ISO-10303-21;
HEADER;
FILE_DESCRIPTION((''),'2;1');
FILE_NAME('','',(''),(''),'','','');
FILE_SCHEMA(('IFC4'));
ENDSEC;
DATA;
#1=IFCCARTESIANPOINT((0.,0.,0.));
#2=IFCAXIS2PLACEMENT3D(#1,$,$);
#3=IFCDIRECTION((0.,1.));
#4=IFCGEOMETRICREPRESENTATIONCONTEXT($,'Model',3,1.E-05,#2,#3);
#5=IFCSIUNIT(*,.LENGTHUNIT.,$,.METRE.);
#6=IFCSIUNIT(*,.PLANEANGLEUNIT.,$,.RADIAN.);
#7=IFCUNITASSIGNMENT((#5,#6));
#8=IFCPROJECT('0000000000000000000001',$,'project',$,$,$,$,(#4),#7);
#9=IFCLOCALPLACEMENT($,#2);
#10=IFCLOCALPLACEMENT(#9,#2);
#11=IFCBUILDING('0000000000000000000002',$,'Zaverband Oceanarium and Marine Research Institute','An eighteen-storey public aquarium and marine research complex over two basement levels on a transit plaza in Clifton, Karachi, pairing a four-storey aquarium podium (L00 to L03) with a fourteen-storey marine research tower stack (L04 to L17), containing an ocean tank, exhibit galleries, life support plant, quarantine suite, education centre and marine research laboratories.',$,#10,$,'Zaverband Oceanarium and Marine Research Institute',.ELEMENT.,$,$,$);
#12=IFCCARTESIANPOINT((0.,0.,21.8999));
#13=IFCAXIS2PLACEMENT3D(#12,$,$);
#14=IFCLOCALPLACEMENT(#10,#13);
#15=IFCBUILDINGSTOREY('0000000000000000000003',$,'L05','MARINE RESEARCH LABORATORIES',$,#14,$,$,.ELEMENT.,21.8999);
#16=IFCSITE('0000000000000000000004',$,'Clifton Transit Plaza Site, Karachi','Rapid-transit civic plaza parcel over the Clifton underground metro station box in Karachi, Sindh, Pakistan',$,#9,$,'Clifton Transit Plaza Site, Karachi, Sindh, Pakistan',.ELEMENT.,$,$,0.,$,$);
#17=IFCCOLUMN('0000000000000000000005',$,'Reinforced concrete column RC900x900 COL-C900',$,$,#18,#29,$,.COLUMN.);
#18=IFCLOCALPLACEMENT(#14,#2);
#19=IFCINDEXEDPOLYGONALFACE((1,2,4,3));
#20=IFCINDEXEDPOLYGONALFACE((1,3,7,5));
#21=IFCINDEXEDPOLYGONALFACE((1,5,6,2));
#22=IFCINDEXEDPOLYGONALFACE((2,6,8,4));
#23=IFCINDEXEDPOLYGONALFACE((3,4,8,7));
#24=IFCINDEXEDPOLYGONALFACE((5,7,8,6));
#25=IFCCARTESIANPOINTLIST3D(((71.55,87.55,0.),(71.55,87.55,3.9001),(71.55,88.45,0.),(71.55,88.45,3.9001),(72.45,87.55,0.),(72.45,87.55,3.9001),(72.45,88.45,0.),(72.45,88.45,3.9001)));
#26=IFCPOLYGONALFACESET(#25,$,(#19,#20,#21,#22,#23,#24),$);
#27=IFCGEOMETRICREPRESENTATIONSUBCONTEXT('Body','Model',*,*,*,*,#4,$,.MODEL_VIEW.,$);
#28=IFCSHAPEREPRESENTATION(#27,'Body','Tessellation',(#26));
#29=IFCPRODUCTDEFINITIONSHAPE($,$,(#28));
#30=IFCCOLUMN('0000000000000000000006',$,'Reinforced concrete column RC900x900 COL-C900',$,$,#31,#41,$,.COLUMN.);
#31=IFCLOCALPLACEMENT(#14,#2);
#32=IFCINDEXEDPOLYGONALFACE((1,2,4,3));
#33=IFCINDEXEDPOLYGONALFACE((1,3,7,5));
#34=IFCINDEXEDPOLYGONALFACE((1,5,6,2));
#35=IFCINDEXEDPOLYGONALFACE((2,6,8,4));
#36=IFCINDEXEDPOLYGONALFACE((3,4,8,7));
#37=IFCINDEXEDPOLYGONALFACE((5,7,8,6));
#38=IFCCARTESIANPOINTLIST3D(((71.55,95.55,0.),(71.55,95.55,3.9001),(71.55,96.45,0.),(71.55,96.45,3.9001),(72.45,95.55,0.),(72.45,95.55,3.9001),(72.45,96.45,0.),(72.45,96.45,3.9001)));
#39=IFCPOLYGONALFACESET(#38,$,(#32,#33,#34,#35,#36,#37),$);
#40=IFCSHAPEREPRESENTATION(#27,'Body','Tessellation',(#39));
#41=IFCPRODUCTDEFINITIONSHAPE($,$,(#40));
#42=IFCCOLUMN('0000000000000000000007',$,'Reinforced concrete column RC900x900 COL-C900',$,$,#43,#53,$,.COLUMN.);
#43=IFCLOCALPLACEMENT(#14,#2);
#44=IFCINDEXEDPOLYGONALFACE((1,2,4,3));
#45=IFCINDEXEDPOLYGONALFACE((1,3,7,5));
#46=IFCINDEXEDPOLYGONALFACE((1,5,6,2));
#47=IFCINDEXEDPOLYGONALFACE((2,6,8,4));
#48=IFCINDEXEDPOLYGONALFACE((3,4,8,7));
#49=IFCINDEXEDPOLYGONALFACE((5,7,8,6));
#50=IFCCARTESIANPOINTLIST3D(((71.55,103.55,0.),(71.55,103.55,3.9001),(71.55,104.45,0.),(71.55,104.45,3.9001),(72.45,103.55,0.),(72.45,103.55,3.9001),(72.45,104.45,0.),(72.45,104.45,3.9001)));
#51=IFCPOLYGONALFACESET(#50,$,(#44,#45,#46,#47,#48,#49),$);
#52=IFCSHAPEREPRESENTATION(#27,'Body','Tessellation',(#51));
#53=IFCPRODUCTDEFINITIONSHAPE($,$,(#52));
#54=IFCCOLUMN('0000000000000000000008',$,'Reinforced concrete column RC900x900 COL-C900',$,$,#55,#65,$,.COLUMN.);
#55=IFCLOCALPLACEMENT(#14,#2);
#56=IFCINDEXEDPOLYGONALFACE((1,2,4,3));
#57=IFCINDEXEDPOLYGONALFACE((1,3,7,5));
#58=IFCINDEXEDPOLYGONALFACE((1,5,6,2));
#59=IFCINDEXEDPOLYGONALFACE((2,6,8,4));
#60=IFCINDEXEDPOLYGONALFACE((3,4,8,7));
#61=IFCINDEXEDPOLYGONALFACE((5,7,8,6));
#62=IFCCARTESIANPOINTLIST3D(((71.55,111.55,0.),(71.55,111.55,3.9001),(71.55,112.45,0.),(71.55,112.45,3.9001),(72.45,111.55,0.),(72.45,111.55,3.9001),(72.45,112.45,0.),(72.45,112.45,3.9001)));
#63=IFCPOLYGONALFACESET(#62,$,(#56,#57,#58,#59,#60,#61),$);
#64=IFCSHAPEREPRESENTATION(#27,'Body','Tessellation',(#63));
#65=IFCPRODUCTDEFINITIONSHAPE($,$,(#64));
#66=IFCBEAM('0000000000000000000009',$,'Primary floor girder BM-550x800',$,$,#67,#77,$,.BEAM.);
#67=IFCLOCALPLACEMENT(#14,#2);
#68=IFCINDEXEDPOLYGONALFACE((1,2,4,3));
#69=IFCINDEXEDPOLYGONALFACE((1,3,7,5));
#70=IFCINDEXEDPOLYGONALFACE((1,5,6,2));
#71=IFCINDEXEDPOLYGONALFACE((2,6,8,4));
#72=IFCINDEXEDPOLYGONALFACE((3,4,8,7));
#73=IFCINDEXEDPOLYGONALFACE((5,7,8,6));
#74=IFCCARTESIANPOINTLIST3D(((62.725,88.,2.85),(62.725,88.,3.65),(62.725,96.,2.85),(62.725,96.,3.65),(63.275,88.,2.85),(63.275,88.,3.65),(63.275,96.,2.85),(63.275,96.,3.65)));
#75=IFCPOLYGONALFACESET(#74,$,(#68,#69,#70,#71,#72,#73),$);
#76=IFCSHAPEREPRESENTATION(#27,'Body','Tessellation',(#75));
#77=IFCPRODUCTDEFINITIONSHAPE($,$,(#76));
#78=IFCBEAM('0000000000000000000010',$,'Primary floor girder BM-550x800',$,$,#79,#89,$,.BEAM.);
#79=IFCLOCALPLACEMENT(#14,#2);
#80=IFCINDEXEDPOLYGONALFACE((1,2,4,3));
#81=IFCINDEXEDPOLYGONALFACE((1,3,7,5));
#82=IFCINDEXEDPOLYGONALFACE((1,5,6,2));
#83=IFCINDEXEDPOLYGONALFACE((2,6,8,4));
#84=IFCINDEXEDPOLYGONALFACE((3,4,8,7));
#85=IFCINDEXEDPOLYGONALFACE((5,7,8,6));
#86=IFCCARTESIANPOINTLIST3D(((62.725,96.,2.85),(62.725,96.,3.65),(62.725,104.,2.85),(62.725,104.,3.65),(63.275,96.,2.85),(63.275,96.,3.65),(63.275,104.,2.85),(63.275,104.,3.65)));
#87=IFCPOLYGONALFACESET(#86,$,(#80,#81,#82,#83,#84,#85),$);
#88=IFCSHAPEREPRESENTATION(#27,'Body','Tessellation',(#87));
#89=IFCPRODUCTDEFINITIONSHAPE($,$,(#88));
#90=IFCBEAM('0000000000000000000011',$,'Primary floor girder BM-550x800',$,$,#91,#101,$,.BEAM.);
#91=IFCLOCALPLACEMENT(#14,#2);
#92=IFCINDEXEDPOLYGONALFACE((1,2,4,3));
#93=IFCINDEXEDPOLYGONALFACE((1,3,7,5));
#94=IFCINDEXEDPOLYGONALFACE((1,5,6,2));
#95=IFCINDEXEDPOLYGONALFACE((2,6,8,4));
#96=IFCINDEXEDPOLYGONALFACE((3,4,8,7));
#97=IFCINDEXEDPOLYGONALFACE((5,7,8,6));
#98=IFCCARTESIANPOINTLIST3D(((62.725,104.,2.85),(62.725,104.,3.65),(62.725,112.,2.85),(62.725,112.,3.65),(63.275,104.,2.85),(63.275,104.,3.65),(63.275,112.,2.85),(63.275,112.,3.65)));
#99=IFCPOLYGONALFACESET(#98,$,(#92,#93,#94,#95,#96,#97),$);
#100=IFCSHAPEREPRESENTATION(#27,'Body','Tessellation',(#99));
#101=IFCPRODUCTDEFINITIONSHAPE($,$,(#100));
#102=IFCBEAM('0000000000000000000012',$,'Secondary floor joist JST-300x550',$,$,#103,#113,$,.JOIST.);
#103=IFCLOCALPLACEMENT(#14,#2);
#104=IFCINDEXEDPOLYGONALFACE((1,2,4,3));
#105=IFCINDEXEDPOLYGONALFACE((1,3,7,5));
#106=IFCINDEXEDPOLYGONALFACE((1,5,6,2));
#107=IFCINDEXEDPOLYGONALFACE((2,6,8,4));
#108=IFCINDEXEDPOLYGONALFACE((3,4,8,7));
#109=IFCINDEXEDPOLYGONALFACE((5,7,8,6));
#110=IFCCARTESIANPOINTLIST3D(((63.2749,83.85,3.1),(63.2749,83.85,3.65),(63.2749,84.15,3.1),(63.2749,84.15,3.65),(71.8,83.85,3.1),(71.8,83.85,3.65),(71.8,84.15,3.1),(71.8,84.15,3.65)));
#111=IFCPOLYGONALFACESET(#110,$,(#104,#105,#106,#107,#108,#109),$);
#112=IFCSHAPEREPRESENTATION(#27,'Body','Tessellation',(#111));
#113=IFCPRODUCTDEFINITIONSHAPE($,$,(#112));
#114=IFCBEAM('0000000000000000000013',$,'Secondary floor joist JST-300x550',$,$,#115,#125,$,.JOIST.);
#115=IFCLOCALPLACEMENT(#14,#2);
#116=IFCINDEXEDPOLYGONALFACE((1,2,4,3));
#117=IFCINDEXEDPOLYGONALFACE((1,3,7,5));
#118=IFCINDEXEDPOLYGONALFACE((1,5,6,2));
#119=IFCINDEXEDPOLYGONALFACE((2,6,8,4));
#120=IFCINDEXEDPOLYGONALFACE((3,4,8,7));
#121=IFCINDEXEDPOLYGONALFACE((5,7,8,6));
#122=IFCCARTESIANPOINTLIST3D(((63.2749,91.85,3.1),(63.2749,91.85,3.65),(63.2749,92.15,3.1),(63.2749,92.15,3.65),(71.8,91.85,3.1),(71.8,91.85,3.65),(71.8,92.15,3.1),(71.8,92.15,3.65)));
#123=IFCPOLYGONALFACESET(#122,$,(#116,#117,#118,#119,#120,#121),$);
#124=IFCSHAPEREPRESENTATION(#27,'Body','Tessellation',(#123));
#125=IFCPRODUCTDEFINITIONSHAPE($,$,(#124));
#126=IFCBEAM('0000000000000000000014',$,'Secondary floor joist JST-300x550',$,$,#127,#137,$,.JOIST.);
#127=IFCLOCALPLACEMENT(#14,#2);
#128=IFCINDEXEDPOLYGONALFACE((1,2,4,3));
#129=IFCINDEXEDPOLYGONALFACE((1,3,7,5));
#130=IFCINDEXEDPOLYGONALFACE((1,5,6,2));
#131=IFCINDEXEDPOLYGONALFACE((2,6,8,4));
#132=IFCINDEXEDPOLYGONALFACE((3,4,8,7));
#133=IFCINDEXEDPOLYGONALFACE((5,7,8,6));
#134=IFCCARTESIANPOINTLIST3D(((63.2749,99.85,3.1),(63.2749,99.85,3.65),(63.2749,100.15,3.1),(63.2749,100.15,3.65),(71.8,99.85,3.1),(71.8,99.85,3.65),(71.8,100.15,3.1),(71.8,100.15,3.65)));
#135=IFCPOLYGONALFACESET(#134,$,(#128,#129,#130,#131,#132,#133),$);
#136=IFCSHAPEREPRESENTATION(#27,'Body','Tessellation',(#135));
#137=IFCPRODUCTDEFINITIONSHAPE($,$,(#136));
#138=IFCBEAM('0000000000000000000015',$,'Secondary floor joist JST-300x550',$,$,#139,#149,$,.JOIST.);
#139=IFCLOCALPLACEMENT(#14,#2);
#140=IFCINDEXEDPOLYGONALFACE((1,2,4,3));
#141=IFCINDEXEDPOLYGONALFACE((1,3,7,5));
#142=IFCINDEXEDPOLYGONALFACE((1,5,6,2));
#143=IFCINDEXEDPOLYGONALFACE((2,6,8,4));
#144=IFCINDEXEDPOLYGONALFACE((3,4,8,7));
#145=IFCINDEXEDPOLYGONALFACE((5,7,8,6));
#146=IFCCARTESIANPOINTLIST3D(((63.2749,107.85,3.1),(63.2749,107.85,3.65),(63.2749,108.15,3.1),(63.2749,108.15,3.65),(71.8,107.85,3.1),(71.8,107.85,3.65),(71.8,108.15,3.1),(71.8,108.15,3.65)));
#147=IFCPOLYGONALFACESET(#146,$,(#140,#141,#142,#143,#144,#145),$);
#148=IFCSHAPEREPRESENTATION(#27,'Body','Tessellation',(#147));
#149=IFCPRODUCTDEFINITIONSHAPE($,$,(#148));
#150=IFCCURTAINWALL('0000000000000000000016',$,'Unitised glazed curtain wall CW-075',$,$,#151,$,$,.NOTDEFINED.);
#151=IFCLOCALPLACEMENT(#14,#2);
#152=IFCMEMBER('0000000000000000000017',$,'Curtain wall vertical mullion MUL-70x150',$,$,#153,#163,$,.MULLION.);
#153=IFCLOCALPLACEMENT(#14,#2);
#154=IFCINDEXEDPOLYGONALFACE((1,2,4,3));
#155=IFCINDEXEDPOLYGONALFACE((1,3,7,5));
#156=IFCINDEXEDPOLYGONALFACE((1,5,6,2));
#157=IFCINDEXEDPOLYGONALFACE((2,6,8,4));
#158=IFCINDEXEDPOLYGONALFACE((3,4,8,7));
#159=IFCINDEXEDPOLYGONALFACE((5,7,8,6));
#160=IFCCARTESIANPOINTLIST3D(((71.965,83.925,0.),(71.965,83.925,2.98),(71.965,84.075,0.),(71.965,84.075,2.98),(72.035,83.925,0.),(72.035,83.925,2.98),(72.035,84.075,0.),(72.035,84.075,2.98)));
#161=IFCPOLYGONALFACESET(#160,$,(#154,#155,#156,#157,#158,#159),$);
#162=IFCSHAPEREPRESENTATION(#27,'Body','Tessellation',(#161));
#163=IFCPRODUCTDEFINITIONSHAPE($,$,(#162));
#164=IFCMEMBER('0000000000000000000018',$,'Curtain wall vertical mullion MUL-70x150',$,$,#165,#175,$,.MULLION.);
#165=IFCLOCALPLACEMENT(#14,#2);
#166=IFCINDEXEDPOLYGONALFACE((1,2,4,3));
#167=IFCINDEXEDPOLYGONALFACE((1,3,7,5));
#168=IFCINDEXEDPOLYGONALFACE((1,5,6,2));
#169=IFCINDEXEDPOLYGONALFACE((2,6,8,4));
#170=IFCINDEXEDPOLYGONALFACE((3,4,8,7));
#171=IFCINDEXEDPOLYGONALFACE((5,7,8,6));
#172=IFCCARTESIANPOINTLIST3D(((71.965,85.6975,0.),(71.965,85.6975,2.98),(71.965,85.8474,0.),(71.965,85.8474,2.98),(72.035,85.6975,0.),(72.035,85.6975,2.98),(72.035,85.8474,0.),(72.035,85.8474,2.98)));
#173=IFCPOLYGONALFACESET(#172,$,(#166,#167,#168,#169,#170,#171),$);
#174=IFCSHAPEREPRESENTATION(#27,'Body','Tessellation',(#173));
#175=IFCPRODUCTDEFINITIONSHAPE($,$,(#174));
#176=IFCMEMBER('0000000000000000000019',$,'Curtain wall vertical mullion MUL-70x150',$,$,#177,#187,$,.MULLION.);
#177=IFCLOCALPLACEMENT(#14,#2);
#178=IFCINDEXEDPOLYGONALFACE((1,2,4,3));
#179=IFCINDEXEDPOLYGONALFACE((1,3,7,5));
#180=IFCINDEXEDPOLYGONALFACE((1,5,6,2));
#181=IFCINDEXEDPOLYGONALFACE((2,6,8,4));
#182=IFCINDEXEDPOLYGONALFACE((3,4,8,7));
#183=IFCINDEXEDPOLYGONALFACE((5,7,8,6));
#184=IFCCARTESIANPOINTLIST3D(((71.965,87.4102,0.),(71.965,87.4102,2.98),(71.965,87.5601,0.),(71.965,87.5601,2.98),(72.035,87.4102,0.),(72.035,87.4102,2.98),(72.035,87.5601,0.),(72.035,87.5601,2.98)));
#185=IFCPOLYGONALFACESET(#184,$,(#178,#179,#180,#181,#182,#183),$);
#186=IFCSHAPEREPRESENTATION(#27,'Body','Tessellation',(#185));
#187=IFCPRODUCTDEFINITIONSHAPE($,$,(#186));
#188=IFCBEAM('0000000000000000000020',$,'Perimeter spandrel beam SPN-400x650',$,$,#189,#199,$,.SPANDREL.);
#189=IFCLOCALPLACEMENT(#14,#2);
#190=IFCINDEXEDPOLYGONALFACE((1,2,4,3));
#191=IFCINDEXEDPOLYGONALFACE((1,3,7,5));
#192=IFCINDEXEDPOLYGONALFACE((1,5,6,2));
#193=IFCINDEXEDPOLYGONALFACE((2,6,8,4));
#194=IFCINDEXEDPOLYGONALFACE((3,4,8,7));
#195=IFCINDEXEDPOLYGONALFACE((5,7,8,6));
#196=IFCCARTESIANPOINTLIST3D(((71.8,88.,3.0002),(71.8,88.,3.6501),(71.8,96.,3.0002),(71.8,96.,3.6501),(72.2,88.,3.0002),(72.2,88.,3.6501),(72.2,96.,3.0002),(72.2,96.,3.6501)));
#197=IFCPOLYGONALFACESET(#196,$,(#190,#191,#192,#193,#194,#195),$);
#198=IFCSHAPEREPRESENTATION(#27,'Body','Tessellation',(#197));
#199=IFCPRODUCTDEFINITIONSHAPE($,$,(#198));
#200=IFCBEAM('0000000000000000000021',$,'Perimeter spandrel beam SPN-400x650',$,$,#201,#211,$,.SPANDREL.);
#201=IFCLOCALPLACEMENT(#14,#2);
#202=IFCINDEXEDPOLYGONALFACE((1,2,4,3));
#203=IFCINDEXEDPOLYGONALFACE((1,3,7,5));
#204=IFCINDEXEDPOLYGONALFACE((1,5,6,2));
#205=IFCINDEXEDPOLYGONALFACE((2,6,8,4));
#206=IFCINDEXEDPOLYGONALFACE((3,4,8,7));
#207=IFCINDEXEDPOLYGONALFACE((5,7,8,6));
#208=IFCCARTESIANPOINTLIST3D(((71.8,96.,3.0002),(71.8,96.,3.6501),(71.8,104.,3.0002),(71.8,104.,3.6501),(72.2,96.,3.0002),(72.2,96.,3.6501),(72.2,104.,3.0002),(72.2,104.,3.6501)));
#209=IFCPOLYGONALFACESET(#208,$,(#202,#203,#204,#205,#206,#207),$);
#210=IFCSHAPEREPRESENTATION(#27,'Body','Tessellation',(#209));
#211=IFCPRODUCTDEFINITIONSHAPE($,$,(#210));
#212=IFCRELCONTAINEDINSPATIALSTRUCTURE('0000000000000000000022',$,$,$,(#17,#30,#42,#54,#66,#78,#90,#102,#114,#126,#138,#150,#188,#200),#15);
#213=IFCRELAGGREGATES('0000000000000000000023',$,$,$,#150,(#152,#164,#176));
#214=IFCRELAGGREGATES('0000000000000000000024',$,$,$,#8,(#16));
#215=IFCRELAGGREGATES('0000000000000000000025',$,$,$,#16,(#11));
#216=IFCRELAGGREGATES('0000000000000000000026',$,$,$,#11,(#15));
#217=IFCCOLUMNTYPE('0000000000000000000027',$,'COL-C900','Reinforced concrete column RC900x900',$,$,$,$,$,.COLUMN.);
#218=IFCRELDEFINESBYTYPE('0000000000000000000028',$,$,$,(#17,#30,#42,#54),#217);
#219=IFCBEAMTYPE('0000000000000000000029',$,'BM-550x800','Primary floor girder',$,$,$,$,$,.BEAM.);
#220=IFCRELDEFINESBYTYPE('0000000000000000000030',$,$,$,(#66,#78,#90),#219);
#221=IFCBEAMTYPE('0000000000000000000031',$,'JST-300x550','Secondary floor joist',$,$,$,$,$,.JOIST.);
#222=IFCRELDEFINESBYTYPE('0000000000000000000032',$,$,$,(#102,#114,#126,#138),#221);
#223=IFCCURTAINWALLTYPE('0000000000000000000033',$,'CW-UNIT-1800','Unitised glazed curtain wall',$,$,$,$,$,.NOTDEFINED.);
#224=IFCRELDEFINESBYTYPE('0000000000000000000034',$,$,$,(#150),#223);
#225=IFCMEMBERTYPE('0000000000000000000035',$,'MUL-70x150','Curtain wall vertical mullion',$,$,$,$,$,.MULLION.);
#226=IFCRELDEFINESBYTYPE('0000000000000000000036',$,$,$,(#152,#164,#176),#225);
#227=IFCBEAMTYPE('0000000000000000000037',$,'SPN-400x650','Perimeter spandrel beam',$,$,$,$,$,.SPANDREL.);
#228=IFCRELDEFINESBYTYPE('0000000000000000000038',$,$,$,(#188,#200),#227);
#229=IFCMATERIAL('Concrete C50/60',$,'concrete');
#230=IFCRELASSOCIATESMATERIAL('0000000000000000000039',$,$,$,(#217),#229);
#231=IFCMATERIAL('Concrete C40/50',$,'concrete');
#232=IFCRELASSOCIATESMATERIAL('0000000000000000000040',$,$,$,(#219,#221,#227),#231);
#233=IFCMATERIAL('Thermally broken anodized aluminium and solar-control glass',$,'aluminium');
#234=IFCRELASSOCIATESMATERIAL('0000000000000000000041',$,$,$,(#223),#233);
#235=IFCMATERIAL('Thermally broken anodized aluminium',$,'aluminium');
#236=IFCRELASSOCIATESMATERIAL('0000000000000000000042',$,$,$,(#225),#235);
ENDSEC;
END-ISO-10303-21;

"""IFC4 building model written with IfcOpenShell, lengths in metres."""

from ifc_helpers import new_model, si_unit, direction, frame, origin, origin_2d, place, context, subcontext, project, spatial, rectangle, extrude, material, material_profile, profile_set, type_object, element, aggregate, save


model = new_model("IFC4")

# Units and contexts
model_context = context("Model", 3, precision=1e-05, world=origin(), true_north=direction((0.0, 1.0)))
body_context = subcontext(model_context, "Body", "Model", "MODEL_VIEW")
ifc_project = project(units=[si_unit("LENGTHUNIT", "METRE"), si_unit("PLANEANGLEUNIT", "RADIAN")], contexts=[model_context])

# Site, building, storey
site_placement = place(None, origin())
site = spatial("IfcSite", under=ifc_project, at=site_placement, Name="Clifton Transit Plaza Site, Karachi", Description="Rapid-transit civic plaza parcel over the Clifton underground metro station box in Karachi, Sindh, Pakistan", LongName="Clifton Transit Plaza Site, Karachi, Sindh, Pakistan", CompositionType="ELEMENT", RefElevation=0.0)
building_placement = place(site_placement, origin())
building = spatial("IfcBuilding", under=site, at=building_placement, Name="Zaverband Oceanarium and Marine Research Institute", Description="An eighteen-storey public aquarium and marine research complex over two basement levels on a transit plaza in Clifton, Karachi, pairing a four-storey aquarium podium (L00 to L03) with a fourteen-storey marine research tower stack (L04 to L17), containing an ocean tank, exhibit galleries, life support plant, quarantine suite, education centre and marine research laboratories.", LongName="Zaverband Oceanarium and Marine Research Institute", CompositionType="ELEMENT")
storey_placement = place(building_placement, frame((0.0, 0.0, 21.8999)))
storey = spatial("IfcBuildingStorey", under=building, at=storey_placement, Name="L05", Description="MARINE RESEARCH LABORATORIES", CompositionType="ELEMENT", Elevation=21.8999)

# Columns
ifc_material_1 = material(Name="Concrete C50/60", Category="concrete")
ifc_material_profile_1 = material_profile(ifc_material_1, rectangle(XDim=0.8999, YDim=0.8999, at=origin_2d()), Name="RC900x900")
ifc_profile_set_1 = profile_set([ifc_material_profile_1], Name="Concrete C50/60")
column_type = type_object("IfcColumnType", Name="COL-C900", Description="Reinforced concrete column RC900x900", PredefinedType="COLUMN", material=ifc_profile_set_1)
for number, where, z_axis, x_axis, name in (
    (1, (72.0, 88.0, 0.0), (0.0, 0.0, 1.0), (1.0, 0.0, 0.0), "Reinforced concrete column RC900x900 COL-C900"),
    (2, (72.0, 96.0, 0.0), (0.0, 0.0, 1.0), (1.0, 0.0, 0.0), "Reinforced concrete column RC900x900 COL-C900"),
    (3, (72.0, 104.0, 0.0), (0.0, 0.0, 1.0), (1.0, 0.0, 0.0), "Reinforced concrete column RC900x900 COL-C900"),
    (4, (72.0, 112.0, 0.0), (0.0, 0.0, 1.0), (1.0, 0.0, 0.0), "Reinforced concrete column RC900x900 COL-C900"),
):
    element("IfcColumn", number, at=place(storey_placement, frame(where, z_axis=z_axis, x_axis=x_axis)), inside=storey, type_object=column_type, Name=name, PredefinedType="COLUMN", context=body_context, shape_type="SweptSolid", body=[
        extrude(rectangle(XDim=0.8999, YDim=0.8999, at=origin_2d()), origin(), (0.0, 0.0, 1.0), 3.9001),
    ])

# Beams
ifc_material_2 = material(Name="Concrete C40/50", Category="concrete")
ifc_material_profile_2 = material_profile(ifc_material_2, rectangle(XDim=0.55, YDim=0.8, at=origin_2d()), Name="RC550x800")
ifc_profile_set_2 = profile_set([ifc_material_profile_2], Name="Concrete C40/50")
beam_type_1 = type_object("IfcBeamType", Name="BM-550x800", Description="Primary floor girder", PredefinedType="BEAM", material=ifc_profile_set_2)
for number, where, z_axis, x_axis, name in (
    (5, (63.0, 88.0, 3.25), (0.0, 1.0, 0.0), (-1.0, 0.0, 0.0), "Primary floor girder BM-550x800"),
    (6, (63.0, 96.0, 3.25), (0.0, 1.0, 0.0), (-1.0, 0.0, 0.0), "Primary floor girder BM-550x800"),
    (7, (63.0, 104.0, 3.25), (0.0, 1.0, 0.0), (-1.0, 0.0, 0.0), "Primary floor girder BM-550x800"),
):
    element("IfcBeam", number, at=place(storey_placement, frame(where, z_axis=z_axis, x_axis=x_axis)), inside=storey, type_object=beam_type_1, Name=name, PredefinedType="BEAM", context=body_context, shape_type="SweptSolid", body=[
        extrude(rectangle(XDim=0.55, YDim=0.8, at=origin_2d()), origin(), (0.0, 0.0, 1.0), 8.0),
    ])
ifc_material_profile_3 = material_profile(ifc_material_2, rectangle(XDim=0.3, YDim=0.55, at=origin_2d()), Name="RC300x550")
ifc_profile_set_3 = profile_set([ifc_material_profile_3], Name="Concrete C40/50")
beam_type_2 = type_object("IfcBeamType", Name="JST-300x550", Description="Secondary floor joist", PredefinedType="JOIST", material=ifc_profile_set_3)
for number, where, z_axis, x_axis, name in (
    (8, (63.2749, 84.0, 3.375), (1.0, 0.0, 0.0), (0.0, 1.0, 0.0), "Secondary floor joist JST-300x550"),
    (9, (63.2749, 92.0, 3.375), (1.0, 0.0, 0.0), (0.0, 1.0, 0.0), "Secondary floor joist JST-300x550"),
    (10, (63.2749, 100.0, 3.375), (1.0, 0.0, 0.0), (0.0, 1.0, 0.0), "Secondary floor joist JST-300x550"),
    (11, (63.2749, 108.0, 3.375), (1.0, 0.0, 0.0), (0.0, 1.0, 0.0), "Secondary floor joist JST-300x550"),
):
    element("IfcBeam", number, at=place(storey_placement, frame(where, z_axis=z_axis, x_axis=x_axis)), inside=storey, type_object=beam_type_2, Name=name, PredefinedType="JOIST", context=body_context, shape_type="SweptSolid", body=[
        extrude(rectangle(XDim=0.3, YDim=0.55, at=origin_2d()), origin(), (0.0, 0.0, 1.0), 8.5251),
    ])

# Curtain wall, members
ifc_material_3 = material(Name="Thermally broken anodized aluminium and solar-control glass", Category="aluminium")
curtain_wall_type = type_object("IfcCurtainWallType", Name="CW-UNIT-1800", Description="Unitised glazed curtain wall", PredefinedType="NOTDEFINED", material=ifc_material_3)
curtain_wall_placement = place(storey_placement, origin())
curtain_wall = element("IfcCurtainWall", 12, at=curtain_wall_placement, inside=storey, type_object=curtain_wall_type, Name="Unitised glazed curtain wall CW-075", PredefinedType="NOTDEFINED")
ifc_material_4 = material(Name="Thermally broken anodized aluminium", Category="aluminium")
ifc_material_profile_4 = material_profile(ifc_material_4, rectangle(XDim=0.0701, YDim=0.1499, at=origin_2d()), Name="AL-MUL-70x150")
ifc_profile_set_4 = profile_set([ifc_material_profile_4], Name="Thermally broken anodized aluminium")
member_type = type_object("IfcMemberType", Name="MUL-70x150", Description="Curtain wall vertical mullion", PredefinedType="MULLION", material=ifc_profile_set_4)
member_1_placement = place(storey_placement, frame((72.0, 84.0, 0.0), z_axis=(0.0, 0.0, 1.0), x_axis=(1.0, 0.0, 0.0)))
member_1 = element("IfcMember", 13, at=member_1_placement, type_object=member_type, Name="Curtain wall vertical mullion MUL-70x150", PredefinedType="MULLION", context=body_context, shape_type="SweptSolid", body=[
    extrude(rectangle(XDim=0.0701, YDim=0.1499, at=origin_2d()), origin(), (0.0, 0.0, 1.0), 2.98),
])
member_2_placement = place(storey_placement, frame((72.0, 85.7725, 0.0), z_axis=(0.0, 0.0, 1.0), x_axis=(1.0, 0.0, 0.0)))
member_2 = element("IfcMember", 14, at=member_2_placement, type_object=member_type, Name="Curtain wall vertical mullion MUL-70x150", PredefinedType="MULLION", context=body_context, shape_type="SweptSolid", body=[
    extrude(rectangle(XDim=0.0701, YDim=0.1499, at=origin_2d()), origin(), (0.0, 0.0, 1.0), 2.98),
])
member_3_placement = place(storey_placement, frame((72.0, 87.4851, 0.0), z_axis=(0.0, 0.0, 1.0), x_axis=(1.0, 0.0, 0.0)))
member_3 = element("IfcMember", 15, at=member_3_placement, type_object=member_type, Name="Curtain wall vertical mullion MUL-70x150", PredefinedType="MULLION", context=body_context, shape_type="SweptSolid", body=[
    extrude(rectangle(XDim=0.0701, YDim=0.1499, at=origin_2d()), origin(), (0.0, 0.0, 1.0), 2.98),
])

# Beams
ifc_material_profile_5 = material_profile(ifc_material_2, rectangle(XDim=0.3999, YDim=0.6499, at=origin_2d()), Name="RC400x650")
ifc_profile_set_5 = profile_set([ifc_material_profile_5], Name="Concrete C40/50")
beam_type_3 = type_object("IfcBeamType", Name="SPN-400x650", Description="Perimeter spandrel beam", PredefinedType="SPANDREL", material=ifc_profile_set_5)
for number, where, z_axis, x_axis, name in (
    (16, (72.0, 88.0, 3.3252), (0.0, 1.0, 0.0), (-1.0, 0.0, 0.0), "Perimeter spandrel beam SPN-400x650"),
    (17, (72.0, 96.0, 3.3252), (0.0, 1.0, 0.0), (-1.0, 0.0, 0.0), "Perimeter spandrel beam SPN-400x650"),
):
    element("IfcBeam", number, at=place(storey_placement, frame(where, z_axis=z_axis, x_axis=x_axis)), inside=storey, type_object=beam_type_3, Name=name, PredefinedType="SPANDREL", context=body_context, shape_type="SweptSolid", body=[
        extrude(rectangle(XDim=0.3999, YDim=0.6499, at=origin_2d()), origin(), (0.0, 0.0, 1.0), 8.0),
    ])

aggregate(curtain_wall, [member_1, member_2, member_3])

save(model, "model.ifc")
